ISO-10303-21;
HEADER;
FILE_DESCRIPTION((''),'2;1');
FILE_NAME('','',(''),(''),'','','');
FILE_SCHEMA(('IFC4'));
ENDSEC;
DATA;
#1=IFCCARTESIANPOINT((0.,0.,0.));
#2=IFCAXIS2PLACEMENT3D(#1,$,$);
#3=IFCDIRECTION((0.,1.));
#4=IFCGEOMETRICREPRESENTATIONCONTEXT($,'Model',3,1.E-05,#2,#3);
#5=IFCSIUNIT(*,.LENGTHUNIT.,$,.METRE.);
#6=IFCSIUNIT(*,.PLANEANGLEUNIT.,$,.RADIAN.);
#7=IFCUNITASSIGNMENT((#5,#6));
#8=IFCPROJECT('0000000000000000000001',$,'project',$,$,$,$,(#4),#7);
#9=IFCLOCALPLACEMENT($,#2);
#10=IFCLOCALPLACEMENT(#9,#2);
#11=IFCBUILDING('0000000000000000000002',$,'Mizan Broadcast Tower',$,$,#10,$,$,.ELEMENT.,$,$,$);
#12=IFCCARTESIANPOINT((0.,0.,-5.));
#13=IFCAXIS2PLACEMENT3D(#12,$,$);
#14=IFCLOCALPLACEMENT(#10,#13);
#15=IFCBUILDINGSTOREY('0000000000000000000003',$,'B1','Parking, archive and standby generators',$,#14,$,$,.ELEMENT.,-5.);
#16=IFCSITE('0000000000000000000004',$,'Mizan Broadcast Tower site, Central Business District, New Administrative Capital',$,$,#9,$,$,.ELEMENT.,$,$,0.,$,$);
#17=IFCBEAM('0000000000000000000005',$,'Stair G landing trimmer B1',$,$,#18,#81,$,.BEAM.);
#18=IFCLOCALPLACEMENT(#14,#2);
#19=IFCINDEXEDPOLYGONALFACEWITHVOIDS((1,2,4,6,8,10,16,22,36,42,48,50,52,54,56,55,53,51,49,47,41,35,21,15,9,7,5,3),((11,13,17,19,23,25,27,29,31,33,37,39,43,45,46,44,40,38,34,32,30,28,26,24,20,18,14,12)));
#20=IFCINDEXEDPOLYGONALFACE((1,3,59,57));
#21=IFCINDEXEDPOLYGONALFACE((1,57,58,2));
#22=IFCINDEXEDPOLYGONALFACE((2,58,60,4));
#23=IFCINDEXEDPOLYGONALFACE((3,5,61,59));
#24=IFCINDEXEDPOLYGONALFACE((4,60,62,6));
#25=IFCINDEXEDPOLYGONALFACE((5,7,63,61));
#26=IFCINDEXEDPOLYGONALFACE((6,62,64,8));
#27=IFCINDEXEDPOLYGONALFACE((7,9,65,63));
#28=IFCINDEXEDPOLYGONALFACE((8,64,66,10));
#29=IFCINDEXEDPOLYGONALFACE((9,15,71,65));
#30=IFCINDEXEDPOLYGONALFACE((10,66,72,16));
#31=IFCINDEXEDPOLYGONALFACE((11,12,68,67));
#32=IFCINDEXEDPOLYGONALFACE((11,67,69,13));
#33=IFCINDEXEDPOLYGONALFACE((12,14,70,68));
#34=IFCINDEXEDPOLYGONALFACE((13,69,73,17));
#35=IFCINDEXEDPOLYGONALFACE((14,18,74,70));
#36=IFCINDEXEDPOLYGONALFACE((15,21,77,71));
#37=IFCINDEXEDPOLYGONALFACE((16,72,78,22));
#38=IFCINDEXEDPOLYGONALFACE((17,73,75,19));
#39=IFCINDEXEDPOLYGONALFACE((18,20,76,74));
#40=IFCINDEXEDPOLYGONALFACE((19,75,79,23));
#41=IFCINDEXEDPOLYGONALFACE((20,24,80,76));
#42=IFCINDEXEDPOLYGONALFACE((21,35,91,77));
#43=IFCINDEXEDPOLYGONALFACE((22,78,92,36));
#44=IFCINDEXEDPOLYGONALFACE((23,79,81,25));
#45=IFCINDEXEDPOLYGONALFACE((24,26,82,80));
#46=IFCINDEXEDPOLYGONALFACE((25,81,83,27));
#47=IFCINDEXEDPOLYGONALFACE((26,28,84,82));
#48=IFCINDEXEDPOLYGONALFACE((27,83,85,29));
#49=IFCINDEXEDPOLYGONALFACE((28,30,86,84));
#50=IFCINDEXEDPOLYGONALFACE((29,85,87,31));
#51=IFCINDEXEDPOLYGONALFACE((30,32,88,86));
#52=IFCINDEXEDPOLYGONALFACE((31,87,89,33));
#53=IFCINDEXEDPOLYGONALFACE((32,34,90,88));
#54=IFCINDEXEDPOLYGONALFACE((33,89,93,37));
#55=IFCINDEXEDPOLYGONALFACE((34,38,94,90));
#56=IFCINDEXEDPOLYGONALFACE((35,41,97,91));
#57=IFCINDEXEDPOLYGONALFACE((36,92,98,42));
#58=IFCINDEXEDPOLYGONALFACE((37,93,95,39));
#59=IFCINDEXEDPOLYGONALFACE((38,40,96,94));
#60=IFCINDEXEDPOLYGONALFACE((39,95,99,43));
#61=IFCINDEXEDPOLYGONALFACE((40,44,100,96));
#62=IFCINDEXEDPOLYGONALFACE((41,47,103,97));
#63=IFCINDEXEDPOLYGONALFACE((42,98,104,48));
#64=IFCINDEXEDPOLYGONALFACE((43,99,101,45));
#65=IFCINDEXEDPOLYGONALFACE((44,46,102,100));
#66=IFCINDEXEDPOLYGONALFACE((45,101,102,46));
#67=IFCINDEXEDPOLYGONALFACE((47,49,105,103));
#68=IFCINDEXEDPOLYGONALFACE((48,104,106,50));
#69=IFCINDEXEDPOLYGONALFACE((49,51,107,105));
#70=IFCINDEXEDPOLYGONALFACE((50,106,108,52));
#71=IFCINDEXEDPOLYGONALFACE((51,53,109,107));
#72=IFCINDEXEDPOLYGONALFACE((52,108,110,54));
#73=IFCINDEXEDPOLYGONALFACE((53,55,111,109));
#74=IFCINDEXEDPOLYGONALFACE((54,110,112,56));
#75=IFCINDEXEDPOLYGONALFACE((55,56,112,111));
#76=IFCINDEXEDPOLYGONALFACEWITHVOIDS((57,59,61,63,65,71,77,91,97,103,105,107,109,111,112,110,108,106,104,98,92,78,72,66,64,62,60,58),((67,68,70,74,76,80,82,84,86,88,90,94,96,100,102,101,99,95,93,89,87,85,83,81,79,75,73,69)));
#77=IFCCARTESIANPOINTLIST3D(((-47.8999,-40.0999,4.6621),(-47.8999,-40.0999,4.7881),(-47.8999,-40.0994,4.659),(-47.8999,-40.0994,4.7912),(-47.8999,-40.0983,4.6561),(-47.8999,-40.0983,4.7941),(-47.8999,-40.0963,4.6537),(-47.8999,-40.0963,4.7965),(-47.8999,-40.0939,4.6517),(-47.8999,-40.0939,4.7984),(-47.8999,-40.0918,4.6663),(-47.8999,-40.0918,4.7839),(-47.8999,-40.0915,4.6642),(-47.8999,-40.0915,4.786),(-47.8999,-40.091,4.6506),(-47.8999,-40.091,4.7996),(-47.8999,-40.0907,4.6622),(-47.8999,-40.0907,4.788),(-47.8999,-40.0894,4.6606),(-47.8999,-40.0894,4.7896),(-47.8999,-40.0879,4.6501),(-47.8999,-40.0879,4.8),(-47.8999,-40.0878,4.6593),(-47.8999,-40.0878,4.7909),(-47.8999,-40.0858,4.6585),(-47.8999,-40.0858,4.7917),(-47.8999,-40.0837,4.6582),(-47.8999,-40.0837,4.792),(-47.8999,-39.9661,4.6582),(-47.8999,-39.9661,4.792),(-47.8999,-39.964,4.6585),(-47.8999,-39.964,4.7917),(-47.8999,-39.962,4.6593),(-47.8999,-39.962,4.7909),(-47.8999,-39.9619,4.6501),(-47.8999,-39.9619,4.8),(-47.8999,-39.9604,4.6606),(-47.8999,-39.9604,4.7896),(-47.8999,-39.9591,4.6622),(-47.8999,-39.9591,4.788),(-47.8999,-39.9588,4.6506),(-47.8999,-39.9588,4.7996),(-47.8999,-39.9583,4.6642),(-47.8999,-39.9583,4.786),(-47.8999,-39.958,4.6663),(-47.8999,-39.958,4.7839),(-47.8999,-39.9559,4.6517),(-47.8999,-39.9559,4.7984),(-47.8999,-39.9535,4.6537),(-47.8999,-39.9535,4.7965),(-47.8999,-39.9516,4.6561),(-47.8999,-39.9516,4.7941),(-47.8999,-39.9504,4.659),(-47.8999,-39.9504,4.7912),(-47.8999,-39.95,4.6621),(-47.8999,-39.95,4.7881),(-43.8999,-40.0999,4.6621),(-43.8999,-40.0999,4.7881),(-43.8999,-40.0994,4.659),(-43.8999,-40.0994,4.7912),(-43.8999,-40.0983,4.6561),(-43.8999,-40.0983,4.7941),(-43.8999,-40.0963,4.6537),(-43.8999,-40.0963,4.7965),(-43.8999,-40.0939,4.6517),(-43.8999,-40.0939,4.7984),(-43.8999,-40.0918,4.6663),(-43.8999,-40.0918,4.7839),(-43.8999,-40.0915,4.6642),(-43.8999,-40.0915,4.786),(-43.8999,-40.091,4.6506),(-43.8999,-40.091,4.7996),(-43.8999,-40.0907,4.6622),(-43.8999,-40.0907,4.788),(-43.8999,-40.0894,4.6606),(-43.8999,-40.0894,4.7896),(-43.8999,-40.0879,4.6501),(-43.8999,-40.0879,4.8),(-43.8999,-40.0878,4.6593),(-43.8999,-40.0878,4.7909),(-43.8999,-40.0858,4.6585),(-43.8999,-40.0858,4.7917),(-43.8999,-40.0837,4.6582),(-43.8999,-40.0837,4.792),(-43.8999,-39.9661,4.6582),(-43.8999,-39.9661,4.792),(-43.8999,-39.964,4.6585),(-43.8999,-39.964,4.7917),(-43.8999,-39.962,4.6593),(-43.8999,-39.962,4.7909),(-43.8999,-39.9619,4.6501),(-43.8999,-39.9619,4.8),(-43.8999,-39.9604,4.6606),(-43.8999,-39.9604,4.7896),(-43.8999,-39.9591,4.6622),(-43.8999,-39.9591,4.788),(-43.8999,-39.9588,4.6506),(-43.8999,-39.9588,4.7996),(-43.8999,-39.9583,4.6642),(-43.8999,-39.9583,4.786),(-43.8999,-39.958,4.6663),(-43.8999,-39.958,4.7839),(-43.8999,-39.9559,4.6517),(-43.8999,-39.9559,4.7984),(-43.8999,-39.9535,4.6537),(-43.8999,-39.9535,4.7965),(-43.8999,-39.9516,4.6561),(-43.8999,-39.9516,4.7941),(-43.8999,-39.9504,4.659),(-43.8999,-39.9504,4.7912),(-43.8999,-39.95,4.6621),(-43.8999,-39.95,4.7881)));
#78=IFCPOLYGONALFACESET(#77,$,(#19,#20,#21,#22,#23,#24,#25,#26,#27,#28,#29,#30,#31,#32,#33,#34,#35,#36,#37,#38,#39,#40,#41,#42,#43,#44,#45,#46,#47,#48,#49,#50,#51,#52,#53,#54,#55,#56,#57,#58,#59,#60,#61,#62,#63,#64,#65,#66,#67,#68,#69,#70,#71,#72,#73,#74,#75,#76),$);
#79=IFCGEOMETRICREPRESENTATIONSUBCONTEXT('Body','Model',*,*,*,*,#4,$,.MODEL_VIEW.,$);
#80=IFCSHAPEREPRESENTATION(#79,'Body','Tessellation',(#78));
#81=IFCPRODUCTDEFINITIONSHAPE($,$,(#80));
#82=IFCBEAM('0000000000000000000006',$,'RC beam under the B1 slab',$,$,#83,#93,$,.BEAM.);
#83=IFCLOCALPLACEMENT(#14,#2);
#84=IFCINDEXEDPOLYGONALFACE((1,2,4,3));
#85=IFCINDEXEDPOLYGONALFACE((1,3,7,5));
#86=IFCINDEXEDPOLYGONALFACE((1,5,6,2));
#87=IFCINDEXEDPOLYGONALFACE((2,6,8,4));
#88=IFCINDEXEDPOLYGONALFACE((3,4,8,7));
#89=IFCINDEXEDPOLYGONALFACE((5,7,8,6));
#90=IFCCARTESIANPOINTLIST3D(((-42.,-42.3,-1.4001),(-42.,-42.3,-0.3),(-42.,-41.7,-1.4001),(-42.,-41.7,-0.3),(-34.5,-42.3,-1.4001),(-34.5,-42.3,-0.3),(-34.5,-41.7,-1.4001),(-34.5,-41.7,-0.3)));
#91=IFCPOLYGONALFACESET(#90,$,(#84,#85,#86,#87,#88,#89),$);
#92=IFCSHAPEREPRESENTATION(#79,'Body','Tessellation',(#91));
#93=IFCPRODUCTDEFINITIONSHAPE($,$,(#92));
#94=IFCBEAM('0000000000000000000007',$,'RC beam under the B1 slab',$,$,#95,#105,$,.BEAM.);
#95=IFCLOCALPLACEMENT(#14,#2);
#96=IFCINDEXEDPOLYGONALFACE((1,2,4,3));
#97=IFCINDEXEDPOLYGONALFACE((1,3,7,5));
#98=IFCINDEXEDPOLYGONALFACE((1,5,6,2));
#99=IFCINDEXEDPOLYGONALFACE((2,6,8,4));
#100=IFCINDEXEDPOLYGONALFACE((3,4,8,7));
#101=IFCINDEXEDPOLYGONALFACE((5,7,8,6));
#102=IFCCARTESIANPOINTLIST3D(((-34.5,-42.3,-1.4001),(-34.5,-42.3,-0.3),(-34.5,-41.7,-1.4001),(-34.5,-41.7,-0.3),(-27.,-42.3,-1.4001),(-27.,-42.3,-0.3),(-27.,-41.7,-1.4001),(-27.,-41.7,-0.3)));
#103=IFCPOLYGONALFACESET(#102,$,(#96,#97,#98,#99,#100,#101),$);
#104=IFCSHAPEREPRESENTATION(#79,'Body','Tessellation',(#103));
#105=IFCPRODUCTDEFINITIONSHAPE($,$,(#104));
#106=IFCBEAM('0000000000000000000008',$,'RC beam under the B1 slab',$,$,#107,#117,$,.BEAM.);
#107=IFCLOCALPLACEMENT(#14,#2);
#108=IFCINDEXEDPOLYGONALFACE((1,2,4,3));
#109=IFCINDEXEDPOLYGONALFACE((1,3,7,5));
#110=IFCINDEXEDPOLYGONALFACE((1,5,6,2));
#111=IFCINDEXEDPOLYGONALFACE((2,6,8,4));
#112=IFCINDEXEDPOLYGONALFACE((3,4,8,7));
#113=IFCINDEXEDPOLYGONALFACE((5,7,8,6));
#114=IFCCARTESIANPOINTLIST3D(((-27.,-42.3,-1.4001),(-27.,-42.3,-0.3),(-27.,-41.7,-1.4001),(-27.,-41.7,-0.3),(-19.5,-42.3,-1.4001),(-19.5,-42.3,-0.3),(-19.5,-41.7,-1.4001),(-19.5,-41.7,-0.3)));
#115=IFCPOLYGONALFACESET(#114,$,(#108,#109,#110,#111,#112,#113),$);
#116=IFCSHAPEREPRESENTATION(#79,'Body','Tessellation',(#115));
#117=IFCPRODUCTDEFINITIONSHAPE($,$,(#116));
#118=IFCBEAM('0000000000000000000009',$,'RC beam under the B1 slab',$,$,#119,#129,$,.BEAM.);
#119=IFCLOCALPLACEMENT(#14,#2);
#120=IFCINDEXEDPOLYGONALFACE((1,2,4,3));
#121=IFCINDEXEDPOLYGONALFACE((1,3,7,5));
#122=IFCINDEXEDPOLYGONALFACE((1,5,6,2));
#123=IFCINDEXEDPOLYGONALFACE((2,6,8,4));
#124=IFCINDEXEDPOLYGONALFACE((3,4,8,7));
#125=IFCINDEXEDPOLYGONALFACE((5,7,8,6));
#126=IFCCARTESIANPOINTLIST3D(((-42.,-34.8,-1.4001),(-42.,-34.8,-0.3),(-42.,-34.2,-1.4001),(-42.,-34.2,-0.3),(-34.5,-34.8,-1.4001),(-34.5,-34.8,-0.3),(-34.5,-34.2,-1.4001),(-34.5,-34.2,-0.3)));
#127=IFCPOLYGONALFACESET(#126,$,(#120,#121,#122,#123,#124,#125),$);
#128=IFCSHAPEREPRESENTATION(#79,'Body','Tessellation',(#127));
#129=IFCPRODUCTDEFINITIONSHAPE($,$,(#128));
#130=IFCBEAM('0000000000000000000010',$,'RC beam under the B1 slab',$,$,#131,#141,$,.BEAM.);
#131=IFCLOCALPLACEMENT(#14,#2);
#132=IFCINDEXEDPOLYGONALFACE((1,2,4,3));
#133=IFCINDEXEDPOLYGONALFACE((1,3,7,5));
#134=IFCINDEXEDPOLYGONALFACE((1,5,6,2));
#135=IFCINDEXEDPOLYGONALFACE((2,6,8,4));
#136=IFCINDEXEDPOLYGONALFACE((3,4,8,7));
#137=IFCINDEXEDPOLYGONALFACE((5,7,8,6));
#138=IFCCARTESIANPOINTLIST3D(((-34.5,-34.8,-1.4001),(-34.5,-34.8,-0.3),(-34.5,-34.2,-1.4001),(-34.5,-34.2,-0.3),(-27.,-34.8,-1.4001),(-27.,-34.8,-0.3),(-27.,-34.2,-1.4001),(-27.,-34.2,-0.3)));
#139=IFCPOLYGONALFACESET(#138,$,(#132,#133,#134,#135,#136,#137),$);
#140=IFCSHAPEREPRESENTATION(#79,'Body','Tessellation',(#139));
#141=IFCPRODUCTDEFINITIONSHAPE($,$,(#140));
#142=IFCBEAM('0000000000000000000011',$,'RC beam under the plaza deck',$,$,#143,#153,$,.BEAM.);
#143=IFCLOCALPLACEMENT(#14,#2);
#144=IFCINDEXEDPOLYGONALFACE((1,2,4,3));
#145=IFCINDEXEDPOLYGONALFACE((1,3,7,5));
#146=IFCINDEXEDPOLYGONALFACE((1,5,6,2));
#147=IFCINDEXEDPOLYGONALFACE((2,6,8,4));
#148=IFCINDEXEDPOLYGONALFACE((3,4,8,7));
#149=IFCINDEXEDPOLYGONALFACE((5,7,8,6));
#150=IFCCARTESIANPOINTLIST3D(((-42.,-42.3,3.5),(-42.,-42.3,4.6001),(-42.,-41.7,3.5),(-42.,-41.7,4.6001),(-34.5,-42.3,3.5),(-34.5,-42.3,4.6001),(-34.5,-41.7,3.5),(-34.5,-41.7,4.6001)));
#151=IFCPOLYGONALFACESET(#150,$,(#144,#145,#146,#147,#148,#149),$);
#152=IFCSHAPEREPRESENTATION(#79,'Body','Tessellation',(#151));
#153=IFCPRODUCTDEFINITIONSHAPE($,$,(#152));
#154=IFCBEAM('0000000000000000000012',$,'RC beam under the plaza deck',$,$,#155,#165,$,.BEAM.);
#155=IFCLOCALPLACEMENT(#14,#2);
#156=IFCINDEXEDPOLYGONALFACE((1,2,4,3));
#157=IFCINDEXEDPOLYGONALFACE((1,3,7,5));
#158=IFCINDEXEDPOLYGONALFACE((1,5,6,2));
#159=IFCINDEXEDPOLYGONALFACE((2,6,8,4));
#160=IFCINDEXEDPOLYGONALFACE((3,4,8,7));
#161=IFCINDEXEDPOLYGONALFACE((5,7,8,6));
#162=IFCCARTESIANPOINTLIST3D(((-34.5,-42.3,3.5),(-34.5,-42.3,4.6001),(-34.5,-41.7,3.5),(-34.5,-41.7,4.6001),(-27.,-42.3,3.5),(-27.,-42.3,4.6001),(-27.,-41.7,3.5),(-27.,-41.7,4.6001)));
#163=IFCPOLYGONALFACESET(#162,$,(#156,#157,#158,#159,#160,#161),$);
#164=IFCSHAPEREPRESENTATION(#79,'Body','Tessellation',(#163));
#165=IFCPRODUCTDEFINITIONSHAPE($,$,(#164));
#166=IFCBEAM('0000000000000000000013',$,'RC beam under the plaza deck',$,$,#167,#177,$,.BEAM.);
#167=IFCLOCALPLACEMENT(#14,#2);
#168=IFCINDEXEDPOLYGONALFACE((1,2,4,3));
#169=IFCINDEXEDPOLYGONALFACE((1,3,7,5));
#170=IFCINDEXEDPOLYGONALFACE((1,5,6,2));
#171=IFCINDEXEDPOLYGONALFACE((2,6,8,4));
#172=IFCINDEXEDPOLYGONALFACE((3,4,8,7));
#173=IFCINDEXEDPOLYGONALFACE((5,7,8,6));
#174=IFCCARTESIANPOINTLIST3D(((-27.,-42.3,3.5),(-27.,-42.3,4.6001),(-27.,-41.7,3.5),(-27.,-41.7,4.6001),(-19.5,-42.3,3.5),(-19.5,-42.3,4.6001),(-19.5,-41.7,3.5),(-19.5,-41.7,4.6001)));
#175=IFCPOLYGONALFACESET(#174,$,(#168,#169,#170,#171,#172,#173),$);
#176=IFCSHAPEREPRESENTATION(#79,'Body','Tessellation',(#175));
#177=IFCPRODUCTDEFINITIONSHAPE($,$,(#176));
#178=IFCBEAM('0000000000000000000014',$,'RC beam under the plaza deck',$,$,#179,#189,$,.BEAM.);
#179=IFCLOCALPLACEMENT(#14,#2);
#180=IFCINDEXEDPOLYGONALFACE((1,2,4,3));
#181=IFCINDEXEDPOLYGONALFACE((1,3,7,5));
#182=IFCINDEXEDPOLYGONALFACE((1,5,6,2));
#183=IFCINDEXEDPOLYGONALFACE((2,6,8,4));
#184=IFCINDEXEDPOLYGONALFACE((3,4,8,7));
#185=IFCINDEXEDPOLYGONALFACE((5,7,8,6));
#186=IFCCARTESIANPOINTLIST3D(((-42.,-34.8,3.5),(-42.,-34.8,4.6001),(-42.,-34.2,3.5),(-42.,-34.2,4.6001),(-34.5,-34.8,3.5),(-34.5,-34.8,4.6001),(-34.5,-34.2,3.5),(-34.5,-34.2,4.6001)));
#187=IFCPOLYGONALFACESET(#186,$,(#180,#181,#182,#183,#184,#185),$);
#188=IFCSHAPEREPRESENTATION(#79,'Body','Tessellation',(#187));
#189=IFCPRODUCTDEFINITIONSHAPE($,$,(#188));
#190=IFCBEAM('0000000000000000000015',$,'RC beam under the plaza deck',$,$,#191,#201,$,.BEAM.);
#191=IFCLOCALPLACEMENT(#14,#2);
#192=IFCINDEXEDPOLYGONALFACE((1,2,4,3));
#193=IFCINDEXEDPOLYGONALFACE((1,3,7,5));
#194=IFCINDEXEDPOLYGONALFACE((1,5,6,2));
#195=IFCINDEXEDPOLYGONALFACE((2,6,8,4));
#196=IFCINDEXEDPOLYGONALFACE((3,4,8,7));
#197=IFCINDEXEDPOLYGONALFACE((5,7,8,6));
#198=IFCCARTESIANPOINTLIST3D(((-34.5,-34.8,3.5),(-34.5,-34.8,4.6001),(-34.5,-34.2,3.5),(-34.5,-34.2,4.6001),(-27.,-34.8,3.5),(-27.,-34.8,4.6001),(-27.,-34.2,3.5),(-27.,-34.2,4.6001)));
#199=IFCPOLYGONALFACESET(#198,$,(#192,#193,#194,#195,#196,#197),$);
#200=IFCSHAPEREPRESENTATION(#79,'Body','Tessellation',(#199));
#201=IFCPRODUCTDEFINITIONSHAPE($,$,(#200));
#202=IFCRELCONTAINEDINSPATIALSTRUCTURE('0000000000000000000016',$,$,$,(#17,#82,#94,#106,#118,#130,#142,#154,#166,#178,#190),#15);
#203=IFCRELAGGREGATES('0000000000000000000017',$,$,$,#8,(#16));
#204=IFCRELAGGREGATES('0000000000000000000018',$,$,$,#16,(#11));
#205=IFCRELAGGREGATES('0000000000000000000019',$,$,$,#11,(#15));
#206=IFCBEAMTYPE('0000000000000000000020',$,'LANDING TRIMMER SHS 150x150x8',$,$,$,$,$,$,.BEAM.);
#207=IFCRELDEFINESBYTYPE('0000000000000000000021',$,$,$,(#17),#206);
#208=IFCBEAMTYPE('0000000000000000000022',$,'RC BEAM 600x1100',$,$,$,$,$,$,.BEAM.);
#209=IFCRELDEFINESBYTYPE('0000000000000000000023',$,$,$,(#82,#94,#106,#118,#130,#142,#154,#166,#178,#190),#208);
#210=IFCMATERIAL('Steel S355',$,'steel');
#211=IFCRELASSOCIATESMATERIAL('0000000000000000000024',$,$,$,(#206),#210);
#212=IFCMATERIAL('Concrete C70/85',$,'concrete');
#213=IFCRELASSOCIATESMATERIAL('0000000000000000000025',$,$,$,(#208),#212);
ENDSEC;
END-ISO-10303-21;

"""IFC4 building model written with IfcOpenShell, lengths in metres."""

from ifc_helpers import new_model, si_unit, direction, frame, origin, origin_2d, place, context, subcontext, project, spatial, rectangle, hollow_rectangle, extrude, material, material_profile, profile_set, type_object, element, save


model = new_model("IFC4")

# Units and contexts
model_context = context("Model", 3, precision=1e-05, world=origin(), true_north=direction((0.0, 1.0)))
body_context = subcontext(model_context, "Body", "Model", "MODEL_VIEW")
ifc_project = project(units=[si_unit("LENGTHUNIT", "METRE"), si_unit("PLANEANGLEUNIT", "RADIAN")], contexts=[model_context])

# Site, building, storey
site_placement = place(None, origin())
site = spatial("IfcSite", under=ifc_project, at=site_placement, Name="Mizan Broadcast Tower site, Central Business District, New Administrative Capital", CompositionType="ELEMENT", RefElevation=0.0)
building_placement = place(site_placement, origin())
building = spatial("IfcBuilding", under=site, at=building_placement, Name="Mizan Broadcast Tower", CompositionType="ELEMENT")
storey_placement = place(building_placement, frame((0.0, 0.0, -5.0)))
storey = spatial("IfcBuildingStorey", under=building, at=storey_placement, Name="B1", Description="Parking, archive and standby generators", CompositionType="ELEMENT", Elevation=-5.0)

# Beams
ifc_material_1 = material(Name="Steel S355", Category="steel")
ifc_material_profile_1 = material_profile(ifc_material_1, hollow_rectangle(XDim=0.1499, YDim=0.1499, WallThickness=0.0081, InnerFilletRadius=0.0081, OuterFilletRadius=0.012, at=origin_2d()), Name="SHS 150x150x8")
ifc_profile_set_1 = profile_set([ifc_material_profile_1], Name="Steel S355")
beam_type_1 = type_object("IfcBeamType", Name="LANDING TRIMMER SHS 150x150x8", PredefinedType="BEAM", material=ifc_profile_set_1)
for number, where, z_axis, x_axis, name in (
    (1, (-43.8999, -40.0249, 4.7251), (-1.0, 0.0, 0.0), (0.0, -1.0, 0.0), "Stair G landing trimmer B1"),
):
    element("IfcBeam", number, at=place(storey_placement, frame(where, z_axis=z_axis, x_axis=x_axis)), inside=storey, type_object=beam_type_1, Name=name, PredefinedType="BEAM", context=body_context, shape_type="SweptSolid", body=[
        extrude(hollow_rectangle(XDim=0.1499, YDim=0.1499, WallThickness=0.0081, InnerFilletRadius=0.0081, OuterFilletRadius=0.012, at=origin_2d()), origin(), (0.0, 0.0, 1.0), 4.0),
    ])
ifc_material_2 = material(Name="Concrete C70/85", Category="concrete")
ifc_material_profile_2 = material_profile(ifc_material_2, rectangle(XDim=0.6001, YDim=1.1001, at=origin_2d()), Name="RC 600x1100")
ifc_profile_set_2 = profile_set([ifc_material_profile_2], Name="Concrete C70/85")
beam_type_2 = type_object("IfcBeamType", Name="RC BEAM 600x1100", PredefinedType="BEAM", material=ifc_profile_set_2)
for number, where, z_axis, x_axis, name in (
    (2, (-42.0, -42.0, -0.8501), (1.0, 0.0, 0.0), (0.0, 1.0, 0.0), "RC beam under the B1 slab"),
    (3, (-34.5, -42.0, -0.8501), (1.0, 0.0, 0.0), (0.0, 1.0, 0.0), "RC beam under the B1 slab"),
    (4, (-27.0, -42.0, -0.8501), (1.0, 0.0, 0.0), (0.0, 1.0, 0.0), "RC beam under the B1 slab"),
    (5, (-42.0, -34.5, -0.8501), (1.0, 0.0, 0.0), (0.0, 1.0, 0.0), "RC beam under the B1 slab"),
    (6, (-34.5, -34.5, -0.8501), (1.0, 0.0, 0.0), (0.0, 1.0, 0.0), "RC beam under the B1 slab"),
    (7, (-42.0, -42.0, 4.05), (1.0, 0.0, 0.0), (0.0, 1.0, 0.0), "RC beam under the plaza deck"),
    (8, (-34.5, -42.0, 4.05), (1.0, 0.0, 0.0), (0.0, 1.0, 0.0), "RC beam under the plaza deck"),
    (9, (-27.0, -42.0, 4.05), (1.0, 0.0, 0.0), (0.0, 1.0, 0.0), "RC beam under the plaza deck"),
    (10, (-42.0, -34.5, 4.05), (1.0, 0.0, 0.0), (0.0, 1.0, 0.0), "RC beam under the plaza deck"),
    (11, (-34.5, -34.5, 4.05), (1.0, 0.0, 0.0), (0.0, 1.0, 0.0), "RC beam under the plaza deck"),
):
    element("IfcBeam", number, at=place(storey_placement, frame(where, z_axis=z_axis, x_axis=x_axis)), inside=storey, type_object=beam_type_2, Name=name, PredefinedType="BEAM", context=body_context, shape_type="SweptSolid", body=[
        extrude(rectangle(XDim=0.6001, YDim=1.1001, at=origin_2d()), origin(), (0.0, 0.0, 1.0), 7.5),
    ])

save(model, "model.ifc")
